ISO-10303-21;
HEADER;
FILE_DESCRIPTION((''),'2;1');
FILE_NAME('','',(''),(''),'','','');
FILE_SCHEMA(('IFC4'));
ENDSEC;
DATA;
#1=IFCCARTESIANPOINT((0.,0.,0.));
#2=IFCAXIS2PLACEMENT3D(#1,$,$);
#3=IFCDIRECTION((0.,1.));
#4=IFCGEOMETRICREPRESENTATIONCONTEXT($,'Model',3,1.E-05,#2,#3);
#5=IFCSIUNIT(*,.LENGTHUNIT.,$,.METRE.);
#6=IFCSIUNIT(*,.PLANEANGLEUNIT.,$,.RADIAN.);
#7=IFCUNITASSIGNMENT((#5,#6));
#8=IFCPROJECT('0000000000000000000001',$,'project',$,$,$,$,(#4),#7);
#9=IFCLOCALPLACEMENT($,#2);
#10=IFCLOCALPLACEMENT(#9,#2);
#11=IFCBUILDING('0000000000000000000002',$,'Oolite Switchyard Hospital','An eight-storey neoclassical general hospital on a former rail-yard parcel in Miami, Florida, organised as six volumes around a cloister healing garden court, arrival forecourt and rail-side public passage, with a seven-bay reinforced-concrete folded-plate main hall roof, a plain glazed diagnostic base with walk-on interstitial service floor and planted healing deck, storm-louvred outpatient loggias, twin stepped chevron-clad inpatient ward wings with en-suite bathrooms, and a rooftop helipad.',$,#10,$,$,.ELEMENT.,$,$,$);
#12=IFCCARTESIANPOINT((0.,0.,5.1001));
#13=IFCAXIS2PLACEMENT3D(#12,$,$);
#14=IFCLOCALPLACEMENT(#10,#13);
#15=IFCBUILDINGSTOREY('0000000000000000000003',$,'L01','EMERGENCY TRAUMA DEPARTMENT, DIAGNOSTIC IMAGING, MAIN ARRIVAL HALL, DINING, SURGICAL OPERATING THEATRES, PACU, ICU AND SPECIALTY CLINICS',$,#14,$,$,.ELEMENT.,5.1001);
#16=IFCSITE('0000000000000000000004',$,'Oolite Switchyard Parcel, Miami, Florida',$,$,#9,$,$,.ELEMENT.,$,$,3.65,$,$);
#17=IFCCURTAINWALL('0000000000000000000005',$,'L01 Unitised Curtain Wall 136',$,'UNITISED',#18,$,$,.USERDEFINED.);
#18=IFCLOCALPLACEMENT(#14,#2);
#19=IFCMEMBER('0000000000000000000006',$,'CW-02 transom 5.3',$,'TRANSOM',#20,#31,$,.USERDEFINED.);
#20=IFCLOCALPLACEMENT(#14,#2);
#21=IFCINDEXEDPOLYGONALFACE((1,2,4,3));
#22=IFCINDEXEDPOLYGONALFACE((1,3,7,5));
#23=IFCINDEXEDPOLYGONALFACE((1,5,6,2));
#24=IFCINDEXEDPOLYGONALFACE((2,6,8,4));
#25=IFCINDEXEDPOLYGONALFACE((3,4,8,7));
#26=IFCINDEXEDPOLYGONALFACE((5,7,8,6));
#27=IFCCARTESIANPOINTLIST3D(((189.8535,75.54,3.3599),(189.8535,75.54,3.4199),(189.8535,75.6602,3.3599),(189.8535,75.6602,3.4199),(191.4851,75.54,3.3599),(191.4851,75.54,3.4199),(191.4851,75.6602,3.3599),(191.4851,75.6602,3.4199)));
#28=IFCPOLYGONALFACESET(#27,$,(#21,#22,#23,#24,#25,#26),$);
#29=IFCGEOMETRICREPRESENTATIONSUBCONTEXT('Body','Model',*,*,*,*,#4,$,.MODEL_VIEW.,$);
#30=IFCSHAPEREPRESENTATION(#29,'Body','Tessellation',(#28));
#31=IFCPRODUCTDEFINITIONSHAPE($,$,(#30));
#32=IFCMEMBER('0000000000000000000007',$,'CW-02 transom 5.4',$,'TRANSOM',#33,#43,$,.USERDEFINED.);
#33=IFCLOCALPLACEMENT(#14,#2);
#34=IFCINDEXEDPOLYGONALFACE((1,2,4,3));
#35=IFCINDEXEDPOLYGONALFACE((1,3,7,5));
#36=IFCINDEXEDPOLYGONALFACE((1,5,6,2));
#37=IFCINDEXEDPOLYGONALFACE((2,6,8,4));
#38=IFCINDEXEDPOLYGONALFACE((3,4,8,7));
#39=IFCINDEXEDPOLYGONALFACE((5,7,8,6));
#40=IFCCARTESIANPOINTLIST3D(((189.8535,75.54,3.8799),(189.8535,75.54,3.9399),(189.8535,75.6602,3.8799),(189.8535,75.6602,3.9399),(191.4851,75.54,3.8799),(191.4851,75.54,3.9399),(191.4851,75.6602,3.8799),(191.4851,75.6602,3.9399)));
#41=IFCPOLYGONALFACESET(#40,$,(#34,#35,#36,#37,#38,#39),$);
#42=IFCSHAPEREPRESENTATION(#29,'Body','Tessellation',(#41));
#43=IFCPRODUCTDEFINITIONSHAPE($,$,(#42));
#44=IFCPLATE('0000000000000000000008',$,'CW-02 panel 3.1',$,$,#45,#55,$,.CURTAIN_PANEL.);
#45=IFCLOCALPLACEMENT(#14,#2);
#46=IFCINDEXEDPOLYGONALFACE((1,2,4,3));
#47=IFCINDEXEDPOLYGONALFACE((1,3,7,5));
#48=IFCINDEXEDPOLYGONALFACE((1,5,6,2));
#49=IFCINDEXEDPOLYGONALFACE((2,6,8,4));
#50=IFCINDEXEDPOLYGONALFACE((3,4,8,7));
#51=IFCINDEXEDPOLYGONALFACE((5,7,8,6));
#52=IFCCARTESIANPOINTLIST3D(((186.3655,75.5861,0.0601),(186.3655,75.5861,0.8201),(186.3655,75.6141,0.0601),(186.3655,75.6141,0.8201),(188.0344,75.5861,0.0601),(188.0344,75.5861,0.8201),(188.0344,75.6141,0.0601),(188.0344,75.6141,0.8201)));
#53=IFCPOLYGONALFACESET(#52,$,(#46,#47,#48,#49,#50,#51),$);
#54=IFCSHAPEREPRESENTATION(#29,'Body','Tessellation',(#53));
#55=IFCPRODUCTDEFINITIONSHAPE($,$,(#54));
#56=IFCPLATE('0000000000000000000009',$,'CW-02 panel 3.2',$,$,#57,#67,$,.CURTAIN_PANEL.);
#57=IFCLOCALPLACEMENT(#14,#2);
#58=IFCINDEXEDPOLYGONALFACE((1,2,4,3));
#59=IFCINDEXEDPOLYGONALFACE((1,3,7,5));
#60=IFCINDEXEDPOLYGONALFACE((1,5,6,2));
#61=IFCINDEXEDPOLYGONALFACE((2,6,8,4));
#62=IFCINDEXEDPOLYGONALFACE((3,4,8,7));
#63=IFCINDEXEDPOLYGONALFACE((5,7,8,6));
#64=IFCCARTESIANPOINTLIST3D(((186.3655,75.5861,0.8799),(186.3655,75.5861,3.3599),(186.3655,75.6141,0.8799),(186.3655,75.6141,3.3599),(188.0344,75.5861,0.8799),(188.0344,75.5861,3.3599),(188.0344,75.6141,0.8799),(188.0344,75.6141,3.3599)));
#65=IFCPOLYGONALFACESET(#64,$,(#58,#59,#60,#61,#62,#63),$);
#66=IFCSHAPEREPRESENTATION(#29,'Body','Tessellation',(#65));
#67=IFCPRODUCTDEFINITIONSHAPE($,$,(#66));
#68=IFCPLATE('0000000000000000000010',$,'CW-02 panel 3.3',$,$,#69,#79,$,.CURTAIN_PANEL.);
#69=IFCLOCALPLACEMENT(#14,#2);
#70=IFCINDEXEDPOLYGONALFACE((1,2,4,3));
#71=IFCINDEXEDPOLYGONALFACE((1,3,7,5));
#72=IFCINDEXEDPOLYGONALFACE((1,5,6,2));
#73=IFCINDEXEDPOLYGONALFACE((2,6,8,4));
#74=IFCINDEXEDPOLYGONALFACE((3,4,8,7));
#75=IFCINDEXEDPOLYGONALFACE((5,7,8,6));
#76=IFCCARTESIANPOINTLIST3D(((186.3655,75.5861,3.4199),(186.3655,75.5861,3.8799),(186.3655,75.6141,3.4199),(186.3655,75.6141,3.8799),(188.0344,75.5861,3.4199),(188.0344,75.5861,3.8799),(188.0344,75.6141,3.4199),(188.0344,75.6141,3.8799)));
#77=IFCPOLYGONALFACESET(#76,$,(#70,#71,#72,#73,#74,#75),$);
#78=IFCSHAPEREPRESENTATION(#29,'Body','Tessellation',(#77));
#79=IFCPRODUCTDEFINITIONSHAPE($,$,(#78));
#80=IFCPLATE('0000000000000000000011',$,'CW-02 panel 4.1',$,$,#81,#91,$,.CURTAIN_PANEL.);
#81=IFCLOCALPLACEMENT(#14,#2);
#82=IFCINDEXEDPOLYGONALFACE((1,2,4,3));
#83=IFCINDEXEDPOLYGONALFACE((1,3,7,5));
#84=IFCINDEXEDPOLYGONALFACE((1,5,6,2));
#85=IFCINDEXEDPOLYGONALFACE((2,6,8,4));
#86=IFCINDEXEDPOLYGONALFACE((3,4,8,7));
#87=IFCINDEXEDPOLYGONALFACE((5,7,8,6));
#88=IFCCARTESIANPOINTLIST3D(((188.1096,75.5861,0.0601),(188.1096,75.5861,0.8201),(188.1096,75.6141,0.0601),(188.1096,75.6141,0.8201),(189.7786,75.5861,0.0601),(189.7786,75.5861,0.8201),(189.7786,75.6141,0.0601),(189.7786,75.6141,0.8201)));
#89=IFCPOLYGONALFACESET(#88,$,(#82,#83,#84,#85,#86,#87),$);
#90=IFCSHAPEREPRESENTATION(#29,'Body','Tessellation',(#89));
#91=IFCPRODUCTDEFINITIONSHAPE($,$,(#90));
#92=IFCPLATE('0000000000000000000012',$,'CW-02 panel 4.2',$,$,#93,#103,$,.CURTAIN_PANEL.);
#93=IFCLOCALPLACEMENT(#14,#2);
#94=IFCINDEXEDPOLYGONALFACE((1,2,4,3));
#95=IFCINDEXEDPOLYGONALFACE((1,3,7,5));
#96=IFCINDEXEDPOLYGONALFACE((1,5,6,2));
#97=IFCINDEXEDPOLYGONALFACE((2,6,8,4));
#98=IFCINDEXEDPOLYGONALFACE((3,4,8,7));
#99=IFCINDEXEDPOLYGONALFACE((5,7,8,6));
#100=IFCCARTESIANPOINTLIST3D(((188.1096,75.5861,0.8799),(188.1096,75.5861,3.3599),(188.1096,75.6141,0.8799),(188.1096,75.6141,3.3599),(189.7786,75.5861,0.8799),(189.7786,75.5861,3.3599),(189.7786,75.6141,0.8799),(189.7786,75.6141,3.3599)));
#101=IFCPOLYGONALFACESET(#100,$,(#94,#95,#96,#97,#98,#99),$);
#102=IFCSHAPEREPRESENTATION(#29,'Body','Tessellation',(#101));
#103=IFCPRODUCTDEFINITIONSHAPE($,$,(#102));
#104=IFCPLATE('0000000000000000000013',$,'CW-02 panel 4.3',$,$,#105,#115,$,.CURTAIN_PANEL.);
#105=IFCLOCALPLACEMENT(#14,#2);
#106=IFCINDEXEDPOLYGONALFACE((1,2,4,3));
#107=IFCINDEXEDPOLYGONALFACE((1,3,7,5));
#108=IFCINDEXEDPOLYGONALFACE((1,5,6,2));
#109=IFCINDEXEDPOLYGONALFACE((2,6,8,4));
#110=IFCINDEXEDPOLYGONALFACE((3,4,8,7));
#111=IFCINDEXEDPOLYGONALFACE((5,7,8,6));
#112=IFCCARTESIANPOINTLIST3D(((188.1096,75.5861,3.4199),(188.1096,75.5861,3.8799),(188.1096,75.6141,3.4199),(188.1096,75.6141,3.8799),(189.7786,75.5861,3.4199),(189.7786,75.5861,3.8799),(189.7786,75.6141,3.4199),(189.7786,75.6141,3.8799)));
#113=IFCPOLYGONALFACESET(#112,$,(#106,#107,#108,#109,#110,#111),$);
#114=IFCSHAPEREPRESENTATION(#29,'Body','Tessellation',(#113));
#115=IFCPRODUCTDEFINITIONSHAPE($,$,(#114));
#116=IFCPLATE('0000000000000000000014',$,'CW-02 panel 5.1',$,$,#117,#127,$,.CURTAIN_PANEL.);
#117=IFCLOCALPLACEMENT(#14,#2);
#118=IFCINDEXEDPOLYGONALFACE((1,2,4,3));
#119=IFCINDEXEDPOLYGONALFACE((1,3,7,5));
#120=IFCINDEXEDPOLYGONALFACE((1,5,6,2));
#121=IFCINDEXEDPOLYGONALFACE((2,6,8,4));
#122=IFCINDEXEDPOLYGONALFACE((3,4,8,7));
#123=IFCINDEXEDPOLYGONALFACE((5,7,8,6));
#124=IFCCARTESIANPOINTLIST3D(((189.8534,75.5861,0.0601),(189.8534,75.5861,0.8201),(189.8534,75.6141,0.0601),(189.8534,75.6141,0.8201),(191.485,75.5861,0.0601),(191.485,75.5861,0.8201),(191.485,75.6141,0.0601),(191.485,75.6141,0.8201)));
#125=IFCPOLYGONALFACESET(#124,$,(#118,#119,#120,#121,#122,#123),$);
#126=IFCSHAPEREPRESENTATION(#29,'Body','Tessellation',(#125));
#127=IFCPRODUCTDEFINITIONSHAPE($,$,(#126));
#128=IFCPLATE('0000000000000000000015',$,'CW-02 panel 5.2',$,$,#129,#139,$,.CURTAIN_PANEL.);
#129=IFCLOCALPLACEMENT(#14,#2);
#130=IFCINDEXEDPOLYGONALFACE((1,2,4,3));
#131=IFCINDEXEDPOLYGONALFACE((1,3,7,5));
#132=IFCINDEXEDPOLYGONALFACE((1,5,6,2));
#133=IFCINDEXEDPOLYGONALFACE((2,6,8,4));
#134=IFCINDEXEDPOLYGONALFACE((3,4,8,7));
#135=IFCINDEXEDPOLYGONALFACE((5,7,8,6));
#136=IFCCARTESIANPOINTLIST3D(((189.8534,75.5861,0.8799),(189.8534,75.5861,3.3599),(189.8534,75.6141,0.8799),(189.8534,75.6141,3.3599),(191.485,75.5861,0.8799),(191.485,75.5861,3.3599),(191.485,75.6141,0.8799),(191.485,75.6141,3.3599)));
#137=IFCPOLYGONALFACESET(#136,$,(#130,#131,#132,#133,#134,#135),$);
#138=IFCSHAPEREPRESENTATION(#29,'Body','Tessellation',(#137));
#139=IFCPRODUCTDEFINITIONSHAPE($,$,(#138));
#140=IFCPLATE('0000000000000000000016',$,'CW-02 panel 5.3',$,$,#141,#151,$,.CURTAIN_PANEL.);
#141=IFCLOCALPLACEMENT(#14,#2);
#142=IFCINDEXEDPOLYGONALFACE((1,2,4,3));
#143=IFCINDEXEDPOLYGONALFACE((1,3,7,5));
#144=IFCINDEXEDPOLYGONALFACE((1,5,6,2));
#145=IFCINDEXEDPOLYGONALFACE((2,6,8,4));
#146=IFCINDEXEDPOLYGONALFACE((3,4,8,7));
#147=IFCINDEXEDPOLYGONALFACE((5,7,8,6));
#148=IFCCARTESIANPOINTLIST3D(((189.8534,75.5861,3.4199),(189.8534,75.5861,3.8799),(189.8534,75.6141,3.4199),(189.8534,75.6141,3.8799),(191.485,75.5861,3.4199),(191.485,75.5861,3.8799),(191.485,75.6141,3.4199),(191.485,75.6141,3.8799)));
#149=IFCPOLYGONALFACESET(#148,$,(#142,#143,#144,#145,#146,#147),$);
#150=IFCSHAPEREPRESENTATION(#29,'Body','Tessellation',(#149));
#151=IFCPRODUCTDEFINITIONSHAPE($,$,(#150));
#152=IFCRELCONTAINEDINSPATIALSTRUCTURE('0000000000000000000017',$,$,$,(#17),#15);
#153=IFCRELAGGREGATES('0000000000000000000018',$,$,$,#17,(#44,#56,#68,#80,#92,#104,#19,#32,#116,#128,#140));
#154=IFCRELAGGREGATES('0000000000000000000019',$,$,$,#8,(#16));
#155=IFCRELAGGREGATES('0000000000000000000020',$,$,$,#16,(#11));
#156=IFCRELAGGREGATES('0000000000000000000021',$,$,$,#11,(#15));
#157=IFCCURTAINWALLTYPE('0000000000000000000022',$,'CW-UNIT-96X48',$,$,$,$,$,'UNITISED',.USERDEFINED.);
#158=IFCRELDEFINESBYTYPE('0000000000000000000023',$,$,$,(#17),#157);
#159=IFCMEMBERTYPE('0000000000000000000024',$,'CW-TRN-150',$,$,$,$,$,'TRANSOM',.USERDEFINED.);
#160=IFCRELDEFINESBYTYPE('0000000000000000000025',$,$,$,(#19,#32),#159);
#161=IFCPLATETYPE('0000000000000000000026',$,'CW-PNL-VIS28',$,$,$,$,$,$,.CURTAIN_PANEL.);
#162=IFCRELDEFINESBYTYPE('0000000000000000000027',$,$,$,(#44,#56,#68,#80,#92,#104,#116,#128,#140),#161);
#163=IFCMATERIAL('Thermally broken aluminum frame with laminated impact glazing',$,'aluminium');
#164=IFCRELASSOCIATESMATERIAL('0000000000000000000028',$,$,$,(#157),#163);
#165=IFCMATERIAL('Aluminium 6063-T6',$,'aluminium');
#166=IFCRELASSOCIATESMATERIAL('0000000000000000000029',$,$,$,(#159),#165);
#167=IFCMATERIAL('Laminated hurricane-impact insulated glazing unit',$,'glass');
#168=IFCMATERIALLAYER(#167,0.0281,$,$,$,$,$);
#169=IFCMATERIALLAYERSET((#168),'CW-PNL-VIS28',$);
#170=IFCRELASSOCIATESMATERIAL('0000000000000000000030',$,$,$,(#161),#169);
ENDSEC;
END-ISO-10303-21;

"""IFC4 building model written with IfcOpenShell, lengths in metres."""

from ifc_helpers import new_model, si_unit, direction, frame, origin, origin_2d, place, context, subcontext, project, spatial, rectangle, extrude, material, layer, layer_set, material_profile, profile_set, type_object, element, aggregate, save


model = new_model("IFC4")

# Units and contexts
model_context = context("Model", 3, precision=1e-05, world=origin(), true_north=direction((0.0, 1.0)))
body_context = subcontext(model_context, "Body", "Model", "MODEL_VIEW")
ifc_project = project(units=[si_unit("LENGTHUNIT", "METRE"), si_unit("PLANEANGLEUNIT", "RADIAN")], contexts=[model_context])

# Site, building, storey
site_placement = place(None, origin())
site = spatial("IfcSite", under=ifc_project, at=site_placement, Name="Oolite Switchyard Parcel, Miami, Florida", CompositionType="ELEMENT", RefElevation=3.65)
building_placement = place(site_placement, origin())
building = spatial("IfcBuilding", under=site, at=building_placement, Name="Oolite Switchyard Hospital", Description="An eight-storey neoclassical general hospital on a former rail-yard parcel in Miami, Florida, organised as six volumes around a cloister healing garden court, arrival forecourt and rail-side public passage, with a seven-bay reinforced-concrete folded-plate main hall roof, a plain glazed diagnostic base with walk-on interstitial service floor and planted healing deck, storm-louvred outpatient loggias, twin stepped chevron-clad inpatient ward wings with en-suite bathrooms, and a rooftop helipad.", CompositionType="ELEMENT")
storey_placement = place(building_placement, frame((0.0, 0.0, 5.1001)))
storey = spatial("IfcBuildingStorey", under=building, at=storey_placement, Name="L01", Description="EMERGENCY TRAUMA DEPARTMENT, DIAGNOSTIC IMAGING, MAIN ARRIVAL HALL, DINING, SURGICAL OPERATING THEATRES, PACU, ICU AND SPECIALTY CLINICS", CompositionType="ELEMENT", Elevation=5.1001)

# Curtain wall, members, plates
ifc_material_1 = material(Name="Thermally broken aluminum frame with laminated impact glazing", Category="aluminium")
curtain_wall_type = type_object("IfcCurtainWallType", Name="CW-UNIT-96X48", ElementType="UNITISED", PredefinedType="USERDEFINED", material=ifc_material_1)
curtain_wall_placement = place(storey_placement, origin())
curtain_wall = element("IfcCurtainWall", 1, at=curtain_wall_placement, inside=storey, type_object=curtain_wall_type, Name="L01 Unitised Curtain Wall 136", ObjectType="UNITISED", PredefinedType="USERDEFINED")
ifc_material_2 = material(Name="Aluminium 6063-T6", Category="aluminium")
ifc_material_profile_1 = material_profile(ifc_material_2, rectangle(XDim=0.1201, YDim=0.0601, at=origin_2d()), Name="CWT60X120")
ifc_profile_set_1 = profile_set([ifc_material_profile_1], Name="Aluminium 6063-T6")
member_type_1 = type_object("IfcMemberType", Name="CW-TRN-150", ElementType="TRANSOM", PredefinedType="USERDEFINED", material=ifc_profile_set_1)
member_1_placement = place(storey_placement, frame((189.8535, 75.6001, 3.3899), z_axis=(1.0, 0.0, 0.0), x_axis=(0.0, 1.0, 0.0)))
member_1 = element("IfcMember", 2, at=member_1_placement, type_object=member_type_1, Name="CW-02 transom 5.3", ObjectType="TRANSOM", PredefinedType="USERDEFINED", context=body_context, shape_type="SweptSolid", body=[
    extrude(rectangle(XDim=0.1201, YDim=0.0601, at=origin_2d()), origin(), (0.0, 0.0, 1.0), 1.6316),
])
member_2_placement = place(storey_placement, frame((189.8535, 75.6001, 3.9099), z_axis=(1.0, 0.0, 0.0), x_axis=(0.0, 1.0, 0.0)))
member_2 = element("IfcMember", 3, at=member_2_placement, type_object=member_type_1, Name="CW-02 transom 5.4", ObjectType="TRANSOM", PredefinedType="USERDEFINED", context=body_context, shape_type="SweptSolid", body=[
    extrude(rectangle(XDim=0.1201, YDim=0.0601, at=origin_2d()), origin(), (0.0, 0.0, 1.0), 1.6316),
])
ifc_material_3 = material(Name="Laminated hurricane-impact insulated glazing unit", Category="glass")
ifc_layer = layer(ifc_material_3, 0.0281)
ifc_layer_set = layer_set([ifc_layer], Name="CW-PNL-VIS28")
plate_type = type_object("IfcPlateType", Name="CW-PNL-VIS28", PredefinedType="CURTAIN_PANEL", material=ifc_layer_set)
plate_1_placement = place(storey_placement, frame((187.2, 75.6001, 0.0601), z_axis=(0.0, 0.0, 1.0), x_axis=(1.0, 0.0, 0.0)))
plate_1 = element("IfcPlate", 4, at=plate_1_placement, type_object=plate_type, Name="CW-02 panel 3.1", PredefinedType="CURTAIN_PANEL", context=body_context, shape_type="SweptSolid", body=[
    extrude(rectangle(XDim=1.6689, YDim=0.0281, at=origin_2d()), origin(), (0.0, 0.0, 1.0), 0.76),
])
plate_2_placement = place(storey_placement, frame((187.2, 75.6001, 0.8799), z_axis=(0.0, 0.0, 1.0), x_axis=(1.0, 0.0, 0.0)))
plate_2 = element("IfcPlate", 5, at=plate_2_placement, type_object=plate_type, Name="CW-02 panel 3.2", PredefinedType="CURTAIN_PANEL", context=body_context, shape_type="SweptSolid", body=[
    extrude(rectangle(XDim=1.6689, YDim=0.0281, at=origin_2d()), origin(), (0.0, 0.0, 1.0), 2.48),
])
plate_3_placement = place(storey_placement, frame((187.2, 75.6001, 3.4199), z_axis=(0.0, 0.0, 1.0), x_axis=(1.0, 0.0, 0.0)))
plate_3 = element("IfcPlate", 6, at=plate_3_placement, type_object=plate_type, Name="CW-02 panel 3.3", PredefinedType="CURTAIN_PANEL", context=body_context, shape_type="SweptSolid", body=[
    extrude(rectangle(XDim=1.6689, YDim=0.0281, at=origin_2d()), origin(), (0.0, 0.0, 1.0), 0.46),
])
plate_4_placement = place(storey_placement, frame((188.9441, 75.6001, 0.0601), z_axis=(0.0, 0.0, 1.0), x_axis=(1.0, 0.0, 0.0)))
plate_4 = element("IfcPlate", 7, at=plate_4_placement, type_object=plate_type, Name="CW-02 panel 4.1", PredefinedType="CURTAIN_PANEL", context=body_context, shape_type="SweptSolid", body=[
    extrude(rectangle(XDim=1.6689, YDim=0.0281, at=origin_2d()), origin(), (0.0, 0.0, 1.0), 0.76),
])
plate_5_placement = place(storey_placement, frame((188.9441, 75.6001, 0.8799), z_axis=(0.0, 0.0, 1.0), x_axis=(1.0, 0.0, 0.0)))
plate_5 = element("IfcPlate", 8, at=plate_5_placement, type_object=plate_type, Name="CW-02 panel 4.2", PredefinedType="CURTAIN_PANEL", context=body_context, shape_type="SweptSolid", body=[
    extrude(rectangle(XDim=1.6689, YDim=0.0281, at=origin_2d()), origin(), (0.0, 0.0, 1.0), 2.48),
])
plate_6_placement = place(storey_placement, frame((188.9441, 75.6001, 3.4199), z_axis=(0.0, 0.0, 1.0), x_axis=(1.0, 0.0, 0.0)))
plate_6 = element("IfcPlate", 9, at=plate_6_placement, type_object=plate_type, Name="CW-02 panel 4.3", PredefinedType="CURTAIN_PANEL", context=body_context, shape_type="SweptSolid", body=[
    extrude(rectangle(XDim=1.6689, YDim=0.0281, at=origin_2d()), origin(), (0.0, 0.0, 1.0), 0.46),
])
plate_7_placement = place(storey_placement, frame((190.6692, 75.6001, 0.0601), z_axis=(0.0, 0.0, 1.0), x_axis=(1.0, 0.0, 0.0)))
plate_7 = element("IfcPlate", 10, at=plate_7_placement, type_object=plate_type, Name="CW-02 panel 5.1", PredefinedType="CURTAIN_PANEL", context=body_context, shape_type="SweptSolid", body=[
    extrude(rectangle(XDim=1.6316, YDim=0.0281, at=origin_2d()), origin(), (0.0, 0.0, 1.0), 0.76),
])
plate_8_placement = place(storey_placement, frame((190.6692, 75.6001, 0.8799), z_axis=(0.0, 0.0, 1.0), x_axis=(1.0, 0.0, 0.0)))
plate_8 = element("IfcPlate", 11, at=plate_8_placement, type_object=plate_type, Name="CW-02 panel 5.2", PredefinedType="CURTAIN_PANEL", context=body_context, shape_type="SweptSolid", body=[
    extrude(rectangle(XDim=1.6316, YDim=0.0281, at=origin_2d()), origin(), (0.0, 0.0, 1.0), 2.48),
])
plate_9_placement = place(storey_placement, frame((190.6692, 75.6001, 3.4199), z_axis=(0.0, 0.0, 1.0), x_axis=(1.0, 0.0, 0.0)))
plate_9 = element("IfcPlate", 12, at=plate_9_placement, type_object=plate_type, Name="CW-02 panel 5.3", PredefinedType="CURTAIN_PANEL", context=body_context, shape_type="SweptSolid", body=[
    extrude(rectangle(XDim=1.6316, YDim=0.0281, at=origin_2d()), origin(), (0.0, 0.0, 1.0), 0.46),
])
aggregate(curtain_wall, [plate_1, plate_2, plate_3, plate_4, plate_5, plate_6, member_1, member_2, plate_7, plate_8, plate_9])

save(model, "model.ifc")
